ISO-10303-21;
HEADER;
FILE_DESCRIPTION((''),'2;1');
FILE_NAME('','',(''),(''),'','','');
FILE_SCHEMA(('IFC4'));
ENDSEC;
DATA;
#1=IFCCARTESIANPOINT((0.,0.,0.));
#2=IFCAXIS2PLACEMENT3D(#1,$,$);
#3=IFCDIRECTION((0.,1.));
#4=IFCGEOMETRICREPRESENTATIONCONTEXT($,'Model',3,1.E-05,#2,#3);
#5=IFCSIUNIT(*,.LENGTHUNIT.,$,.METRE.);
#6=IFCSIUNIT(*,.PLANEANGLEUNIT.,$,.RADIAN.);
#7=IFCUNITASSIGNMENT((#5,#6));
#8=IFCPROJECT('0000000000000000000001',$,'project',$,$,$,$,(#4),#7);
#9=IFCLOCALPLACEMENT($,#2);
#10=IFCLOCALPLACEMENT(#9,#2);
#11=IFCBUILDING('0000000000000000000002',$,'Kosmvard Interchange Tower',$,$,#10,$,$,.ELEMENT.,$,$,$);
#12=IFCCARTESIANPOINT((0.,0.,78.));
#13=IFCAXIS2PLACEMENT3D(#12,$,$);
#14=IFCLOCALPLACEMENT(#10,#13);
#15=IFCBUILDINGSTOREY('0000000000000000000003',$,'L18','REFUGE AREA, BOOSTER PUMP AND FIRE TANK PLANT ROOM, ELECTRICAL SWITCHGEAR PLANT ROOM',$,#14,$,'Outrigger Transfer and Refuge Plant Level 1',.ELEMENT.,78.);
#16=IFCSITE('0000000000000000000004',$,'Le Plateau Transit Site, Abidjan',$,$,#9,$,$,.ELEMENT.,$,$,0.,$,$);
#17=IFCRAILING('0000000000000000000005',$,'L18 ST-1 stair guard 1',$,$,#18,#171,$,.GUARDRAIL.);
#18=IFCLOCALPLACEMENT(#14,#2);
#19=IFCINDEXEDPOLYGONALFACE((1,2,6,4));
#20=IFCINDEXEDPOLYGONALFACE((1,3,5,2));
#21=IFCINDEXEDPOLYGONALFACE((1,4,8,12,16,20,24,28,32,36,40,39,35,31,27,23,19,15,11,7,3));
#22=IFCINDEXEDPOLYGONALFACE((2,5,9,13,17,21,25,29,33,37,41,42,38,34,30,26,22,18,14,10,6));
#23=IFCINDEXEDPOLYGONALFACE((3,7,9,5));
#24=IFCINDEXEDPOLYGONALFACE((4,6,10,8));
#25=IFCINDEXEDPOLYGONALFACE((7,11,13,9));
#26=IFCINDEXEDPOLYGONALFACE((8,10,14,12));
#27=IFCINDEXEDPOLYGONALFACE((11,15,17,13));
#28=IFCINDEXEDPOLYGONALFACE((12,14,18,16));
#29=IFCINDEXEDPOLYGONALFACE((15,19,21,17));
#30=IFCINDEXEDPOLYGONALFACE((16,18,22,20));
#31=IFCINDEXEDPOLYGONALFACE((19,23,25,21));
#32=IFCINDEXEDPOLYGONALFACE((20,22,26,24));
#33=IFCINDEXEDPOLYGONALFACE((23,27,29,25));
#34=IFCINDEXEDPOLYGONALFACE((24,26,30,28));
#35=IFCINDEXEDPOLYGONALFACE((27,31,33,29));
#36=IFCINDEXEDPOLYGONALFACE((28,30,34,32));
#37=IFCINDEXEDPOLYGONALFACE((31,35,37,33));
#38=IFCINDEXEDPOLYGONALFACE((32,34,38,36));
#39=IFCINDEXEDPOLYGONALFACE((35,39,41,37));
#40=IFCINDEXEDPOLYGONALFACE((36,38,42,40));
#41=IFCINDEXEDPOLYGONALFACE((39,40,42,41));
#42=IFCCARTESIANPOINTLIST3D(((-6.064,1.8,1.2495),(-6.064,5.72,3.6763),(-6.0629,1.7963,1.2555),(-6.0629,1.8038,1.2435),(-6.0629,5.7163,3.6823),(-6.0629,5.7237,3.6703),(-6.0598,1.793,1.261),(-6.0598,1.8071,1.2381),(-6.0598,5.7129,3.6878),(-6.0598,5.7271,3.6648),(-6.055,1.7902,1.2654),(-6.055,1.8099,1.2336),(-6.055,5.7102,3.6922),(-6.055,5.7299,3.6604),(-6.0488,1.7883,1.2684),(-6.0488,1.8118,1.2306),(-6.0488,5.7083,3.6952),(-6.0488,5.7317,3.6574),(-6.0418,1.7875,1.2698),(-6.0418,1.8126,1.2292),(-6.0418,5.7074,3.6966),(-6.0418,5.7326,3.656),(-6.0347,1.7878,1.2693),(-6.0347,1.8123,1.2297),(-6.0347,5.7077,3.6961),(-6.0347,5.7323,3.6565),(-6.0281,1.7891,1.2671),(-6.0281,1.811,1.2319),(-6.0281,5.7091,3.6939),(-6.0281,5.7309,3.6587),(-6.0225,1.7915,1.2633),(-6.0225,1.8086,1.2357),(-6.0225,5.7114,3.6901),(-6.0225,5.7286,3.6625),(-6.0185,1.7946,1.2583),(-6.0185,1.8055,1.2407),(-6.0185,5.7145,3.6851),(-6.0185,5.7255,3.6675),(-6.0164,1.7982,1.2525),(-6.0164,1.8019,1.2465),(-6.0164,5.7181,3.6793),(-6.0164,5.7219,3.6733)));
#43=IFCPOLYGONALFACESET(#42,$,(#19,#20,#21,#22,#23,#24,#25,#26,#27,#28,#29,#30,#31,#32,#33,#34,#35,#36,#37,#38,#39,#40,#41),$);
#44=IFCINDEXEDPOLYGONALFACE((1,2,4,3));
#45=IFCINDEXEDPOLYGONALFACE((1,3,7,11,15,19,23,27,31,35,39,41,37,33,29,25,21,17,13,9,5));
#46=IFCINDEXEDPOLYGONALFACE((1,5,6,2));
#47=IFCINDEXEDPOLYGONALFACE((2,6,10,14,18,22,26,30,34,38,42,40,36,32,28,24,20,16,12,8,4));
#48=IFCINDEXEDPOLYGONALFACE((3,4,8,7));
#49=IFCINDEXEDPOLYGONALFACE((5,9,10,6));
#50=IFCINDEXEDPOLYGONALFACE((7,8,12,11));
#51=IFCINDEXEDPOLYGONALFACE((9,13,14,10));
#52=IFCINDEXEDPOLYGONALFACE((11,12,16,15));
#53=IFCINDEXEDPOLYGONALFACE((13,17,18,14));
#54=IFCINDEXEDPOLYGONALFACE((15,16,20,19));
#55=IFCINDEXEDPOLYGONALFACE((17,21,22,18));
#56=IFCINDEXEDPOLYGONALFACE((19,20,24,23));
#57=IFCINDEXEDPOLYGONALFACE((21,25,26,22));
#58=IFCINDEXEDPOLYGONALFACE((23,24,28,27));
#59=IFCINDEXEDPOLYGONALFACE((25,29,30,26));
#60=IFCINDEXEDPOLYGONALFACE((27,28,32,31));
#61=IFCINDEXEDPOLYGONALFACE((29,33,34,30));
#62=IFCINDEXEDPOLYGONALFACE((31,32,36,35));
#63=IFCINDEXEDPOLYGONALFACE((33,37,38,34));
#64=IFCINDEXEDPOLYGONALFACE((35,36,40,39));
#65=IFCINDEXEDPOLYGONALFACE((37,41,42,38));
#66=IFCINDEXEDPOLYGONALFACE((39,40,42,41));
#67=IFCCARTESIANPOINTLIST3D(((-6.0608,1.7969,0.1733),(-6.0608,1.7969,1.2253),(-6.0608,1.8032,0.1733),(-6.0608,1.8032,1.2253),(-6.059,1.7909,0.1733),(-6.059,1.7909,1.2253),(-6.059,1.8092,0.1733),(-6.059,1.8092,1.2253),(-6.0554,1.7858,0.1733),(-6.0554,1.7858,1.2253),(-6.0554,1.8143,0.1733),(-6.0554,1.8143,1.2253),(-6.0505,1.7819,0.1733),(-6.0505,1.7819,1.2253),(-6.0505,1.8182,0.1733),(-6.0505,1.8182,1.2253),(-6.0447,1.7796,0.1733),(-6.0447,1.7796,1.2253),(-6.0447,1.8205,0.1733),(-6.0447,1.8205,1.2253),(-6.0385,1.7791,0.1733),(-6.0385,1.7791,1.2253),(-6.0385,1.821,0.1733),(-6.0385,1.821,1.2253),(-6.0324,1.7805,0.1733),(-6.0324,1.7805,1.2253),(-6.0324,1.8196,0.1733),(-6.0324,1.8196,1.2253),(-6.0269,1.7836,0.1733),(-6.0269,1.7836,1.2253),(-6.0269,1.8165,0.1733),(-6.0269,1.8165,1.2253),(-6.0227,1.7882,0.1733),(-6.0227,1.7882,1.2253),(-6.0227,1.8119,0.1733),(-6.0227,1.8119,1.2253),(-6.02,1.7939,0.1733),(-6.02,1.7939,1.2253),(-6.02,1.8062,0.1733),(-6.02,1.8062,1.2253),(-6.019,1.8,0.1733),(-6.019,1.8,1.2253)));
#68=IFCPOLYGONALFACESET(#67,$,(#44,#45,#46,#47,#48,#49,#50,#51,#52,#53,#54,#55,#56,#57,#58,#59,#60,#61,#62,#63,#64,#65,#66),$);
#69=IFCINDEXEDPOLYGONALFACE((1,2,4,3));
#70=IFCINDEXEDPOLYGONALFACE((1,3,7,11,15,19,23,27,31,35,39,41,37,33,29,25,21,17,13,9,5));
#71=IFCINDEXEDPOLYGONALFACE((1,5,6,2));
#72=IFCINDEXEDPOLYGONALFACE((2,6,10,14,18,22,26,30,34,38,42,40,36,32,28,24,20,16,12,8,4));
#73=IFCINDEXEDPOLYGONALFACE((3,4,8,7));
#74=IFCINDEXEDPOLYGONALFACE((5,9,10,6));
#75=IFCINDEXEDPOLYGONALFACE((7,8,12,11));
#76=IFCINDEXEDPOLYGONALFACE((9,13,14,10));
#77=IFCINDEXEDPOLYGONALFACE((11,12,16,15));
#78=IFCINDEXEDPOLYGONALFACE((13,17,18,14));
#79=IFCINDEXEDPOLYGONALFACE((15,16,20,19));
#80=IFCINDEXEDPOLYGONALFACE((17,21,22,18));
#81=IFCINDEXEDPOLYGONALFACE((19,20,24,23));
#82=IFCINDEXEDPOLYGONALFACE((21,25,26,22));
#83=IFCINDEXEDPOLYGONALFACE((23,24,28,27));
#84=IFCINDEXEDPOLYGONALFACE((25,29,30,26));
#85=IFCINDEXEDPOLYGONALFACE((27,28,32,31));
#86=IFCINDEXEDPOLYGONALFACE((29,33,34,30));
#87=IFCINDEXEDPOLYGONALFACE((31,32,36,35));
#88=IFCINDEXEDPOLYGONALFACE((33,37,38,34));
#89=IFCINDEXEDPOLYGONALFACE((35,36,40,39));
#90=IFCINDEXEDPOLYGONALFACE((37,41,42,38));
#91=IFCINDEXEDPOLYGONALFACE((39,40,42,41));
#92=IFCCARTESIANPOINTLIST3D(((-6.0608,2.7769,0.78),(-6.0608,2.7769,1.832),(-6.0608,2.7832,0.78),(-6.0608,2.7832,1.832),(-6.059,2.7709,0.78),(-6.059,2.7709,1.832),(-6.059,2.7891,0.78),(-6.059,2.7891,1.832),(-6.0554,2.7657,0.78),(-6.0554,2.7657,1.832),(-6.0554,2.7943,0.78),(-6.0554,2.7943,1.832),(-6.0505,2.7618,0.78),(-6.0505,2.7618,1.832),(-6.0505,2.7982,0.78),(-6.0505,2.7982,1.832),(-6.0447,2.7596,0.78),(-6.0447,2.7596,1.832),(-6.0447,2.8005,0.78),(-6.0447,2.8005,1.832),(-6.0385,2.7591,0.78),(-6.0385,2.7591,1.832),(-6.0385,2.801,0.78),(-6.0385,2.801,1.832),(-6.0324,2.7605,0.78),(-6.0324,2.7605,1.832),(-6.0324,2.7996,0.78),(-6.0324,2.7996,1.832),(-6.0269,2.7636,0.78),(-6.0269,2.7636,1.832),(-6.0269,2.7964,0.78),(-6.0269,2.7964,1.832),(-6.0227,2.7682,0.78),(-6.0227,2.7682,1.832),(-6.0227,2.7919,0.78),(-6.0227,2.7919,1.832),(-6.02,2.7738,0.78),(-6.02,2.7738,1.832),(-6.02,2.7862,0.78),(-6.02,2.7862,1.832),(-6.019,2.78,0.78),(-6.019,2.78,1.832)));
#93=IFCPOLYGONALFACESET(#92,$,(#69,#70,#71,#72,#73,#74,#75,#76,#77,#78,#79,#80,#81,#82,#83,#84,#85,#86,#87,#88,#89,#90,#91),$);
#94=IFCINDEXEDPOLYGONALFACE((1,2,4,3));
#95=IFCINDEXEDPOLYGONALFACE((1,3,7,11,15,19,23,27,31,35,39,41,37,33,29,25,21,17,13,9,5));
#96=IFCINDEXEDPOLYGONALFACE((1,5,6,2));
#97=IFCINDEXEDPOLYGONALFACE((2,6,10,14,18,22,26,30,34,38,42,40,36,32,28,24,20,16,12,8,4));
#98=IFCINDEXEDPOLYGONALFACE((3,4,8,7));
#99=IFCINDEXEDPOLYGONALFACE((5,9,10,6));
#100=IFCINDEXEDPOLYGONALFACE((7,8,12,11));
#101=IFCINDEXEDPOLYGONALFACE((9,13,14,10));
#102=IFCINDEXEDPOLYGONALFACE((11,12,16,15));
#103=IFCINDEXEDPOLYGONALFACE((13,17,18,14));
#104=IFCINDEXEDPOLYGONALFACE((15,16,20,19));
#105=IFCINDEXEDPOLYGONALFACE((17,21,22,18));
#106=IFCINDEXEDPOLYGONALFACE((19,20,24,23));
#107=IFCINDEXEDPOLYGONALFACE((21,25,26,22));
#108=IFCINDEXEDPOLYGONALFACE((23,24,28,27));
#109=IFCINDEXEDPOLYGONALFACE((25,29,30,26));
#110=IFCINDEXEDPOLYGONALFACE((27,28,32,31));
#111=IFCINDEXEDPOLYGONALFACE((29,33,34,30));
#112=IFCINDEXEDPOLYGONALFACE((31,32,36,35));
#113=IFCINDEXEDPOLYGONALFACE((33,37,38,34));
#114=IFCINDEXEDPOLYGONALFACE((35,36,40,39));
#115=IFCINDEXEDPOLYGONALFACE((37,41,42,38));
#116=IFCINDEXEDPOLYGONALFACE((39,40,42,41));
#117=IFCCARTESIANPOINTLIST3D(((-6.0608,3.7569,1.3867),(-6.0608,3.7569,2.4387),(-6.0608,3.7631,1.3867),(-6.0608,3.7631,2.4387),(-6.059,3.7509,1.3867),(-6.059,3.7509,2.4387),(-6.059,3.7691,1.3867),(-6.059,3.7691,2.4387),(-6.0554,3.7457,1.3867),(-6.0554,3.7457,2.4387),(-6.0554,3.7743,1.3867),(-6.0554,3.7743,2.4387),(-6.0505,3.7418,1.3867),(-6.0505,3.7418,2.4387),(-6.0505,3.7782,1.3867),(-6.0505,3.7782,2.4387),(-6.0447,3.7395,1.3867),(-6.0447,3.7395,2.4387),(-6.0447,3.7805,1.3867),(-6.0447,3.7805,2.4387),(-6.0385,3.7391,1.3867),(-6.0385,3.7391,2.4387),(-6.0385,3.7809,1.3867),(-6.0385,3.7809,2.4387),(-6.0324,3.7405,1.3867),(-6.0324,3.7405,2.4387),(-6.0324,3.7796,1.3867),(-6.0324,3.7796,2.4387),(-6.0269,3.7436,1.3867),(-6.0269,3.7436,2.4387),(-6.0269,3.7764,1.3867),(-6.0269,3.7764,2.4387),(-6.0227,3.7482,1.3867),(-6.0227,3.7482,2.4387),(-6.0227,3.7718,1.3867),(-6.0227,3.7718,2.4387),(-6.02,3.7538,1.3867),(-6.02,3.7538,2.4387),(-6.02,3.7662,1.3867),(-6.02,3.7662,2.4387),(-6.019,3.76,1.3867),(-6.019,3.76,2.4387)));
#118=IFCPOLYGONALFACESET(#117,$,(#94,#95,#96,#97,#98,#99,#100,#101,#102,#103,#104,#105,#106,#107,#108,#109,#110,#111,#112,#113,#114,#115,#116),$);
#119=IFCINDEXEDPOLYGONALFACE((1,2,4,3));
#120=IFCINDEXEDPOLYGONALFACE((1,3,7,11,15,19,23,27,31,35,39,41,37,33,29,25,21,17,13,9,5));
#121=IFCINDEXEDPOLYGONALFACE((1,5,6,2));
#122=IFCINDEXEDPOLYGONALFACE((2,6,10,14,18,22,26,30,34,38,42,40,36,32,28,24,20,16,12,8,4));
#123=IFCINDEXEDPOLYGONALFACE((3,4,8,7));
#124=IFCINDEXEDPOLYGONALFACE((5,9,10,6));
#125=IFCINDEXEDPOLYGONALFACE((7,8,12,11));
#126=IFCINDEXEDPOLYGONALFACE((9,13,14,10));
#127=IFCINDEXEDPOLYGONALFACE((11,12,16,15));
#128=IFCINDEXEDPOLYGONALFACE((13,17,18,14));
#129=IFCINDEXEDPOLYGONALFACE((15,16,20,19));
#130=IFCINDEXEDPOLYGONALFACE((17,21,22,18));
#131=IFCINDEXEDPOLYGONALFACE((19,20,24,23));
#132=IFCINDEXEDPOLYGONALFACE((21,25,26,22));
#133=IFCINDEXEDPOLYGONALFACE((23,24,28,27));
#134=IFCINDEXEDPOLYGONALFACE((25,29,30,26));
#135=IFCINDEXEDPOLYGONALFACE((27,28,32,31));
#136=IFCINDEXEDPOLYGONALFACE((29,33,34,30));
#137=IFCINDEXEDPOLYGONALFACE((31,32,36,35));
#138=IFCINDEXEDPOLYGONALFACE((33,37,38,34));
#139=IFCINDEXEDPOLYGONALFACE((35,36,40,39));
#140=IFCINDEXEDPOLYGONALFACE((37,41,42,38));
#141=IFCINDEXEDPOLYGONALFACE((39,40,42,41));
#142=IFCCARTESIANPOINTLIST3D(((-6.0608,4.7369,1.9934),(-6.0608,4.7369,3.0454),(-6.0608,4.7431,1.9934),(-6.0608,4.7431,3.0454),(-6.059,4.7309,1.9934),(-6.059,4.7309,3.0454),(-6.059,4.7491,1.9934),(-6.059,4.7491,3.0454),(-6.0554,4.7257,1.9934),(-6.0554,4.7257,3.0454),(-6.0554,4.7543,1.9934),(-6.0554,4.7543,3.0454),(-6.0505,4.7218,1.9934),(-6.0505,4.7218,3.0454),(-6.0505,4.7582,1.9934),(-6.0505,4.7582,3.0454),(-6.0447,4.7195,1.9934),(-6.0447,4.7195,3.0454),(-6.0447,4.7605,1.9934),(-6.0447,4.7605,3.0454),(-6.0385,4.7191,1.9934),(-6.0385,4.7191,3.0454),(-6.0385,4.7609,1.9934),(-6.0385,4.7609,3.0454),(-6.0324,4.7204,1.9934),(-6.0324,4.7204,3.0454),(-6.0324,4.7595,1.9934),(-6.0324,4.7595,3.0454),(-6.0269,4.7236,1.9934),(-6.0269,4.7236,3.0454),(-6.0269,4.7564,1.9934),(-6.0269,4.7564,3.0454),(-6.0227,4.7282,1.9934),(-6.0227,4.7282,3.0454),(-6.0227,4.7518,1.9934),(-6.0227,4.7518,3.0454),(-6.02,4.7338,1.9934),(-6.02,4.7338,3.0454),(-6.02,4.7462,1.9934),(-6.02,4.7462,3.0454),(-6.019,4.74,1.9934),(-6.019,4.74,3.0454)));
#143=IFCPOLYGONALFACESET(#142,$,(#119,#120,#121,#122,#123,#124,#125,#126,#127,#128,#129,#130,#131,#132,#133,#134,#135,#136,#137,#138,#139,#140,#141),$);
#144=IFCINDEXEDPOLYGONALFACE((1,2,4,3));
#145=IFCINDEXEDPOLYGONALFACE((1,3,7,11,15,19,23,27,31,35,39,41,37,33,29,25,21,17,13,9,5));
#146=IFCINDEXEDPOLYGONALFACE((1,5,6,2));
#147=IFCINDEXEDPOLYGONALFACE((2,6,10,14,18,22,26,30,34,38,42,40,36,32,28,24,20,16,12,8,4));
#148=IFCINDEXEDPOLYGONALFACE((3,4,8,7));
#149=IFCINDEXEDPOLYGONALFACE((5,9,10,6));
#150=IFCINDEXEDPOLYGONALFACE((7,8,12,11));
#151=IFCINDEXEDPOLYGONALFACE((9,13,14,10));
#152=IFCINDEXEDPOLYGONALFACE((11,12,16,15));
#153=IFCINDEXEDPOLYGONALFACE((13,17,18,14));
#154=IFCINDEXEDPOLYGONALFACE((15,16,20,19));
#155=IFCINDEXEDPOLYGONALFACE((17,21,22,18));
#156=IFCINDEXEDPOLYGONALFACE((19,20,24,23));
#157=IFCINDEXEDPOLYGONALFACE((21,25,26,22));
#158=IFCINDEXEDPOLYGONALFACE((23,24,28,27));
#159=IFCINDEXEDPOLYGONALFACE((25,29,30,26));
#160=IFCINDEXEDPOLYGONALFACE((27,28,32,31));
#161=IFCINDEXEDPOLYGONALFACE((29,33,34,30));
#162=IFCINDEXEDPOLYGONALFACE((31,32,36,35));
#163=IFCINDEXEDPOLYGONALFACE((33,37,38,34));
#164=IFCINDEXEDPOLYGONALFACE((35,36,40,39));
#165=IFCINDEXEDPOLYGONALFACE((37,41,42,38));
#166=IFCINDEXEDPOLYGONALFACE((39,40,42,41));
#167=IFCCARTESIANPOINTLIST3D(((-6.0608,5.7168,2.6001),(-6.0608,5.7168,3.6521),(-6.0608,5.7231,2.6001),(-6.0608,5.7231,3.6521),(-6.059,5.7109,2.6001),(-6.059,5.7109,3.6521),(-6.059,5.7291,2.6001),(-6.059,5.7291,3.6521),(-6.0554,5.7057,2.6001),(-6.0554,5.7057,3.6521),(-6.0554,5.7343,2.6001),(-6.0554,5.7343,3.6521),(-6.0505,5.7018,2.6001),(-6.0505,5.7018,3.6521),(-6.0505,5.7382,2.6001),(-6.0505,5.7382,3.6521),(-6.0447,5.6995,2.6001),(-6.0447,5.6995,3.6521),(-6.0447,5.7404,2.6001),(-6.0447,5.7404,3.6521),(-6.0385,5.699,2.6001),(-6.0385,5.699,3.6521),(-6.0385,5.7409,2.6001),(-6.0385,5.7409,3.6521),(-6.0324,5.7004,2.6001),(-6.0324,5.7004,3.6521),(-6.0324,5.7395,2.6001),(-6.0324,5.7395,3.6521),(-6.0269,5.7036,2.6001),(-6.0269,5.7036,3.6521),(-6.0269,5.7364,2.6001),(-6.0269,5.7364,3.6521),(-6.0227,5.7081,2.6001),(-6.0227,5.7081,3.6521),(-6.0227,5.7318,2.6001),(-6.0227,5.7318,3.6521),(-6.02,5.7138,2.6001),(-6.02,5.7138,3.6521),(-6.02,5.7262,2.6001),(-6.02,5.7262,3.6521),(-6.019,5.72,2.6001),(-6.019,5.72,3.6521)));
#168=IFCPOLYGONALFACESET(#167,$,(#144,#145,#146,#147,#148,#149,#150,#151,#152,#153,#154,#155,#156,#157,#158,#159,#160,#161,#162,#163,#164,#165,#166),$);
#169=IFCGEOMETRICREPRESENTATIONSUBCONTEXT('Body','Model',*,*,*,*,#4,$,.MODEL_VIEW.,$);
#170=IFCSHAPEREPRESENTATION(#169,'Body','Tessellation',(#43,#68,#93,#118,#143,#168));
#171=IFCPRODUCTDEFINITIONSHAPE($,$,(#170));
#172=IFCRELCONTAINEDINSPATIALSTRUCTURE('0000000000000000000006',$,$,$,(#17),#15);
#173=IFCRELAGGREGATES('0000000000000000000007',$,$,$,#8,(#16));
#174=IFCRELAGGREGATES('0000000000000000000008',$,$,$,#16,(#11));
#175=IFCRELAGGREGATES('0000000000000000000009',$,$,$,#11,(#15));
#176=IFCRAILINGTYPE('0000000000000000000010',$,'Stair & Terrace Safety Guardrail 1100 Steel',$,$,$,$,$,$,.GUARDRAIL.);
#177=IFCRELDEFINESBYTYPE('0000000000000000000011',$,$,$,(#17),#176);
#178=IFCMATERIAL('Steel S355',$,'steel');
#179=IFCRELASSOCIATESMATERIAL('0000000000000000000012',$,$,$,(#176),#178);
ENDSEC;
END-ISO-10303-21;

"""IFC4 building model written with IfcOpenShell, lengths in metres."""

from ifc_helpers import new_model, si_unit, direction, frame, origin, origin_2d, place, context, subcontext, project, spatial, circle, extrude, source, transform, mapped, material, type_object, element, save


model = new_model("IFC4")

# Units and contexts
model_context = context("Model", 3, precision=1e-05, world=origin(), true_north=direction((0.0, 1.0)))
body_context = subcontext(model_context, "Body", "Model", "MODEL_VIEW")
ifc_project = project(units=[si_unit("LENGTHUNIT", "METRE"), si_unit("PLANEANGLEUNIT", "RADIAN")], contexts=[model_context])

# Site, building, storey
site_placement = place(None, origin())
site = spatial("IfcSite", under=ifc_project, at=site_placement, Name="Le Plateau Transit Site, Abidjan", CompositionType="ELEMENT", RefElevation=0.0)
building_placement = place(site_placement, origin())
building = spatial("IfcBuilding", under=site, at=building_placement, Name="Kosmvard Interchange Tower", CompositionType="ELEMENT")
storey_placement = place(building_placement, frame((0.0, 0.0, 78.0)))
storey = spatial("IfcBuildingStorey", under=building, at=storey_placement, Name="L18", Description="REFUGE AREA, BOOSTER PUMP AND FIRE TANK PLANT ROOM, ELECTRICAL SWITCHGEAR PLANT ROOM", LongName="Outrigger Transfer and Refuge Plant Level 1", CompositionType="ELEMENT", Elevation=78.0)

# Railing
ifc_material_1 = material(Name="Steel S355", Category="steel")
railing_type_1 = type_object("IfcRailingType", Name="Stair & Terrace Safety Guardrail 1100 Steel", PredefinedType="GUARDRAIL", material=ifc_material_1)
shared_shape_1 = source(origin(), body_context, "Body", "SweptSolid", [
    extrude(circle(Radius=0.0239, at=origin_2d()), frame((0.0, 0.0, 1.0762), z_axis=(0.0, 0.850252, 0.526376), x_axis=(-1.0, 0.0, 0.0)), (0.0, 0.0, 1.0), 4.6104),
    extrude(circle(Radius=0.021, at=origin_2d()), origin(), (0.0, 0.0, 1.0), 1.052),
    extrude(circle(Radius=0.021, at=origin_2d()), frame((0.0, 0.98, 0.6067)), (0.0, 0.0, 1.0), 1.052),
    extrude(circle(Radius=0.021, at=origin_2d()), frame((0.0, 1.96, 1.2134)), (0.0, 0.0, 1.0), 1.052),
    extrude(circle(Radius=0.021, at=origin_2d()), frame((0.0, 2.9399, 1.8201)), (0.0, 0.0, 1.0), 1.052),
    extrude(circle(Radius=0.021, at=origin_2d()), frame((0.0, 3.9199, 2.4268)), (0.0, 0.0, 1.0), 1.052),
])
railing_1_placement = place(storey_placement, frame((-6.04, 1.8, 0.1733)))
element("IfcRailing", 1, at=railing_1_placement, inside=storey, type_object=railing_type_1, Name="L18 ST-1 stair guard 1", PredefinedType="GUARDRAIL", context=body_context, shape_type="MappedRepresentation", body=[
    mapped(shared_shape_1, transform((0.0, 0.0, 0.0), scale=1.0)),
])

save(model, "model.ifc")
